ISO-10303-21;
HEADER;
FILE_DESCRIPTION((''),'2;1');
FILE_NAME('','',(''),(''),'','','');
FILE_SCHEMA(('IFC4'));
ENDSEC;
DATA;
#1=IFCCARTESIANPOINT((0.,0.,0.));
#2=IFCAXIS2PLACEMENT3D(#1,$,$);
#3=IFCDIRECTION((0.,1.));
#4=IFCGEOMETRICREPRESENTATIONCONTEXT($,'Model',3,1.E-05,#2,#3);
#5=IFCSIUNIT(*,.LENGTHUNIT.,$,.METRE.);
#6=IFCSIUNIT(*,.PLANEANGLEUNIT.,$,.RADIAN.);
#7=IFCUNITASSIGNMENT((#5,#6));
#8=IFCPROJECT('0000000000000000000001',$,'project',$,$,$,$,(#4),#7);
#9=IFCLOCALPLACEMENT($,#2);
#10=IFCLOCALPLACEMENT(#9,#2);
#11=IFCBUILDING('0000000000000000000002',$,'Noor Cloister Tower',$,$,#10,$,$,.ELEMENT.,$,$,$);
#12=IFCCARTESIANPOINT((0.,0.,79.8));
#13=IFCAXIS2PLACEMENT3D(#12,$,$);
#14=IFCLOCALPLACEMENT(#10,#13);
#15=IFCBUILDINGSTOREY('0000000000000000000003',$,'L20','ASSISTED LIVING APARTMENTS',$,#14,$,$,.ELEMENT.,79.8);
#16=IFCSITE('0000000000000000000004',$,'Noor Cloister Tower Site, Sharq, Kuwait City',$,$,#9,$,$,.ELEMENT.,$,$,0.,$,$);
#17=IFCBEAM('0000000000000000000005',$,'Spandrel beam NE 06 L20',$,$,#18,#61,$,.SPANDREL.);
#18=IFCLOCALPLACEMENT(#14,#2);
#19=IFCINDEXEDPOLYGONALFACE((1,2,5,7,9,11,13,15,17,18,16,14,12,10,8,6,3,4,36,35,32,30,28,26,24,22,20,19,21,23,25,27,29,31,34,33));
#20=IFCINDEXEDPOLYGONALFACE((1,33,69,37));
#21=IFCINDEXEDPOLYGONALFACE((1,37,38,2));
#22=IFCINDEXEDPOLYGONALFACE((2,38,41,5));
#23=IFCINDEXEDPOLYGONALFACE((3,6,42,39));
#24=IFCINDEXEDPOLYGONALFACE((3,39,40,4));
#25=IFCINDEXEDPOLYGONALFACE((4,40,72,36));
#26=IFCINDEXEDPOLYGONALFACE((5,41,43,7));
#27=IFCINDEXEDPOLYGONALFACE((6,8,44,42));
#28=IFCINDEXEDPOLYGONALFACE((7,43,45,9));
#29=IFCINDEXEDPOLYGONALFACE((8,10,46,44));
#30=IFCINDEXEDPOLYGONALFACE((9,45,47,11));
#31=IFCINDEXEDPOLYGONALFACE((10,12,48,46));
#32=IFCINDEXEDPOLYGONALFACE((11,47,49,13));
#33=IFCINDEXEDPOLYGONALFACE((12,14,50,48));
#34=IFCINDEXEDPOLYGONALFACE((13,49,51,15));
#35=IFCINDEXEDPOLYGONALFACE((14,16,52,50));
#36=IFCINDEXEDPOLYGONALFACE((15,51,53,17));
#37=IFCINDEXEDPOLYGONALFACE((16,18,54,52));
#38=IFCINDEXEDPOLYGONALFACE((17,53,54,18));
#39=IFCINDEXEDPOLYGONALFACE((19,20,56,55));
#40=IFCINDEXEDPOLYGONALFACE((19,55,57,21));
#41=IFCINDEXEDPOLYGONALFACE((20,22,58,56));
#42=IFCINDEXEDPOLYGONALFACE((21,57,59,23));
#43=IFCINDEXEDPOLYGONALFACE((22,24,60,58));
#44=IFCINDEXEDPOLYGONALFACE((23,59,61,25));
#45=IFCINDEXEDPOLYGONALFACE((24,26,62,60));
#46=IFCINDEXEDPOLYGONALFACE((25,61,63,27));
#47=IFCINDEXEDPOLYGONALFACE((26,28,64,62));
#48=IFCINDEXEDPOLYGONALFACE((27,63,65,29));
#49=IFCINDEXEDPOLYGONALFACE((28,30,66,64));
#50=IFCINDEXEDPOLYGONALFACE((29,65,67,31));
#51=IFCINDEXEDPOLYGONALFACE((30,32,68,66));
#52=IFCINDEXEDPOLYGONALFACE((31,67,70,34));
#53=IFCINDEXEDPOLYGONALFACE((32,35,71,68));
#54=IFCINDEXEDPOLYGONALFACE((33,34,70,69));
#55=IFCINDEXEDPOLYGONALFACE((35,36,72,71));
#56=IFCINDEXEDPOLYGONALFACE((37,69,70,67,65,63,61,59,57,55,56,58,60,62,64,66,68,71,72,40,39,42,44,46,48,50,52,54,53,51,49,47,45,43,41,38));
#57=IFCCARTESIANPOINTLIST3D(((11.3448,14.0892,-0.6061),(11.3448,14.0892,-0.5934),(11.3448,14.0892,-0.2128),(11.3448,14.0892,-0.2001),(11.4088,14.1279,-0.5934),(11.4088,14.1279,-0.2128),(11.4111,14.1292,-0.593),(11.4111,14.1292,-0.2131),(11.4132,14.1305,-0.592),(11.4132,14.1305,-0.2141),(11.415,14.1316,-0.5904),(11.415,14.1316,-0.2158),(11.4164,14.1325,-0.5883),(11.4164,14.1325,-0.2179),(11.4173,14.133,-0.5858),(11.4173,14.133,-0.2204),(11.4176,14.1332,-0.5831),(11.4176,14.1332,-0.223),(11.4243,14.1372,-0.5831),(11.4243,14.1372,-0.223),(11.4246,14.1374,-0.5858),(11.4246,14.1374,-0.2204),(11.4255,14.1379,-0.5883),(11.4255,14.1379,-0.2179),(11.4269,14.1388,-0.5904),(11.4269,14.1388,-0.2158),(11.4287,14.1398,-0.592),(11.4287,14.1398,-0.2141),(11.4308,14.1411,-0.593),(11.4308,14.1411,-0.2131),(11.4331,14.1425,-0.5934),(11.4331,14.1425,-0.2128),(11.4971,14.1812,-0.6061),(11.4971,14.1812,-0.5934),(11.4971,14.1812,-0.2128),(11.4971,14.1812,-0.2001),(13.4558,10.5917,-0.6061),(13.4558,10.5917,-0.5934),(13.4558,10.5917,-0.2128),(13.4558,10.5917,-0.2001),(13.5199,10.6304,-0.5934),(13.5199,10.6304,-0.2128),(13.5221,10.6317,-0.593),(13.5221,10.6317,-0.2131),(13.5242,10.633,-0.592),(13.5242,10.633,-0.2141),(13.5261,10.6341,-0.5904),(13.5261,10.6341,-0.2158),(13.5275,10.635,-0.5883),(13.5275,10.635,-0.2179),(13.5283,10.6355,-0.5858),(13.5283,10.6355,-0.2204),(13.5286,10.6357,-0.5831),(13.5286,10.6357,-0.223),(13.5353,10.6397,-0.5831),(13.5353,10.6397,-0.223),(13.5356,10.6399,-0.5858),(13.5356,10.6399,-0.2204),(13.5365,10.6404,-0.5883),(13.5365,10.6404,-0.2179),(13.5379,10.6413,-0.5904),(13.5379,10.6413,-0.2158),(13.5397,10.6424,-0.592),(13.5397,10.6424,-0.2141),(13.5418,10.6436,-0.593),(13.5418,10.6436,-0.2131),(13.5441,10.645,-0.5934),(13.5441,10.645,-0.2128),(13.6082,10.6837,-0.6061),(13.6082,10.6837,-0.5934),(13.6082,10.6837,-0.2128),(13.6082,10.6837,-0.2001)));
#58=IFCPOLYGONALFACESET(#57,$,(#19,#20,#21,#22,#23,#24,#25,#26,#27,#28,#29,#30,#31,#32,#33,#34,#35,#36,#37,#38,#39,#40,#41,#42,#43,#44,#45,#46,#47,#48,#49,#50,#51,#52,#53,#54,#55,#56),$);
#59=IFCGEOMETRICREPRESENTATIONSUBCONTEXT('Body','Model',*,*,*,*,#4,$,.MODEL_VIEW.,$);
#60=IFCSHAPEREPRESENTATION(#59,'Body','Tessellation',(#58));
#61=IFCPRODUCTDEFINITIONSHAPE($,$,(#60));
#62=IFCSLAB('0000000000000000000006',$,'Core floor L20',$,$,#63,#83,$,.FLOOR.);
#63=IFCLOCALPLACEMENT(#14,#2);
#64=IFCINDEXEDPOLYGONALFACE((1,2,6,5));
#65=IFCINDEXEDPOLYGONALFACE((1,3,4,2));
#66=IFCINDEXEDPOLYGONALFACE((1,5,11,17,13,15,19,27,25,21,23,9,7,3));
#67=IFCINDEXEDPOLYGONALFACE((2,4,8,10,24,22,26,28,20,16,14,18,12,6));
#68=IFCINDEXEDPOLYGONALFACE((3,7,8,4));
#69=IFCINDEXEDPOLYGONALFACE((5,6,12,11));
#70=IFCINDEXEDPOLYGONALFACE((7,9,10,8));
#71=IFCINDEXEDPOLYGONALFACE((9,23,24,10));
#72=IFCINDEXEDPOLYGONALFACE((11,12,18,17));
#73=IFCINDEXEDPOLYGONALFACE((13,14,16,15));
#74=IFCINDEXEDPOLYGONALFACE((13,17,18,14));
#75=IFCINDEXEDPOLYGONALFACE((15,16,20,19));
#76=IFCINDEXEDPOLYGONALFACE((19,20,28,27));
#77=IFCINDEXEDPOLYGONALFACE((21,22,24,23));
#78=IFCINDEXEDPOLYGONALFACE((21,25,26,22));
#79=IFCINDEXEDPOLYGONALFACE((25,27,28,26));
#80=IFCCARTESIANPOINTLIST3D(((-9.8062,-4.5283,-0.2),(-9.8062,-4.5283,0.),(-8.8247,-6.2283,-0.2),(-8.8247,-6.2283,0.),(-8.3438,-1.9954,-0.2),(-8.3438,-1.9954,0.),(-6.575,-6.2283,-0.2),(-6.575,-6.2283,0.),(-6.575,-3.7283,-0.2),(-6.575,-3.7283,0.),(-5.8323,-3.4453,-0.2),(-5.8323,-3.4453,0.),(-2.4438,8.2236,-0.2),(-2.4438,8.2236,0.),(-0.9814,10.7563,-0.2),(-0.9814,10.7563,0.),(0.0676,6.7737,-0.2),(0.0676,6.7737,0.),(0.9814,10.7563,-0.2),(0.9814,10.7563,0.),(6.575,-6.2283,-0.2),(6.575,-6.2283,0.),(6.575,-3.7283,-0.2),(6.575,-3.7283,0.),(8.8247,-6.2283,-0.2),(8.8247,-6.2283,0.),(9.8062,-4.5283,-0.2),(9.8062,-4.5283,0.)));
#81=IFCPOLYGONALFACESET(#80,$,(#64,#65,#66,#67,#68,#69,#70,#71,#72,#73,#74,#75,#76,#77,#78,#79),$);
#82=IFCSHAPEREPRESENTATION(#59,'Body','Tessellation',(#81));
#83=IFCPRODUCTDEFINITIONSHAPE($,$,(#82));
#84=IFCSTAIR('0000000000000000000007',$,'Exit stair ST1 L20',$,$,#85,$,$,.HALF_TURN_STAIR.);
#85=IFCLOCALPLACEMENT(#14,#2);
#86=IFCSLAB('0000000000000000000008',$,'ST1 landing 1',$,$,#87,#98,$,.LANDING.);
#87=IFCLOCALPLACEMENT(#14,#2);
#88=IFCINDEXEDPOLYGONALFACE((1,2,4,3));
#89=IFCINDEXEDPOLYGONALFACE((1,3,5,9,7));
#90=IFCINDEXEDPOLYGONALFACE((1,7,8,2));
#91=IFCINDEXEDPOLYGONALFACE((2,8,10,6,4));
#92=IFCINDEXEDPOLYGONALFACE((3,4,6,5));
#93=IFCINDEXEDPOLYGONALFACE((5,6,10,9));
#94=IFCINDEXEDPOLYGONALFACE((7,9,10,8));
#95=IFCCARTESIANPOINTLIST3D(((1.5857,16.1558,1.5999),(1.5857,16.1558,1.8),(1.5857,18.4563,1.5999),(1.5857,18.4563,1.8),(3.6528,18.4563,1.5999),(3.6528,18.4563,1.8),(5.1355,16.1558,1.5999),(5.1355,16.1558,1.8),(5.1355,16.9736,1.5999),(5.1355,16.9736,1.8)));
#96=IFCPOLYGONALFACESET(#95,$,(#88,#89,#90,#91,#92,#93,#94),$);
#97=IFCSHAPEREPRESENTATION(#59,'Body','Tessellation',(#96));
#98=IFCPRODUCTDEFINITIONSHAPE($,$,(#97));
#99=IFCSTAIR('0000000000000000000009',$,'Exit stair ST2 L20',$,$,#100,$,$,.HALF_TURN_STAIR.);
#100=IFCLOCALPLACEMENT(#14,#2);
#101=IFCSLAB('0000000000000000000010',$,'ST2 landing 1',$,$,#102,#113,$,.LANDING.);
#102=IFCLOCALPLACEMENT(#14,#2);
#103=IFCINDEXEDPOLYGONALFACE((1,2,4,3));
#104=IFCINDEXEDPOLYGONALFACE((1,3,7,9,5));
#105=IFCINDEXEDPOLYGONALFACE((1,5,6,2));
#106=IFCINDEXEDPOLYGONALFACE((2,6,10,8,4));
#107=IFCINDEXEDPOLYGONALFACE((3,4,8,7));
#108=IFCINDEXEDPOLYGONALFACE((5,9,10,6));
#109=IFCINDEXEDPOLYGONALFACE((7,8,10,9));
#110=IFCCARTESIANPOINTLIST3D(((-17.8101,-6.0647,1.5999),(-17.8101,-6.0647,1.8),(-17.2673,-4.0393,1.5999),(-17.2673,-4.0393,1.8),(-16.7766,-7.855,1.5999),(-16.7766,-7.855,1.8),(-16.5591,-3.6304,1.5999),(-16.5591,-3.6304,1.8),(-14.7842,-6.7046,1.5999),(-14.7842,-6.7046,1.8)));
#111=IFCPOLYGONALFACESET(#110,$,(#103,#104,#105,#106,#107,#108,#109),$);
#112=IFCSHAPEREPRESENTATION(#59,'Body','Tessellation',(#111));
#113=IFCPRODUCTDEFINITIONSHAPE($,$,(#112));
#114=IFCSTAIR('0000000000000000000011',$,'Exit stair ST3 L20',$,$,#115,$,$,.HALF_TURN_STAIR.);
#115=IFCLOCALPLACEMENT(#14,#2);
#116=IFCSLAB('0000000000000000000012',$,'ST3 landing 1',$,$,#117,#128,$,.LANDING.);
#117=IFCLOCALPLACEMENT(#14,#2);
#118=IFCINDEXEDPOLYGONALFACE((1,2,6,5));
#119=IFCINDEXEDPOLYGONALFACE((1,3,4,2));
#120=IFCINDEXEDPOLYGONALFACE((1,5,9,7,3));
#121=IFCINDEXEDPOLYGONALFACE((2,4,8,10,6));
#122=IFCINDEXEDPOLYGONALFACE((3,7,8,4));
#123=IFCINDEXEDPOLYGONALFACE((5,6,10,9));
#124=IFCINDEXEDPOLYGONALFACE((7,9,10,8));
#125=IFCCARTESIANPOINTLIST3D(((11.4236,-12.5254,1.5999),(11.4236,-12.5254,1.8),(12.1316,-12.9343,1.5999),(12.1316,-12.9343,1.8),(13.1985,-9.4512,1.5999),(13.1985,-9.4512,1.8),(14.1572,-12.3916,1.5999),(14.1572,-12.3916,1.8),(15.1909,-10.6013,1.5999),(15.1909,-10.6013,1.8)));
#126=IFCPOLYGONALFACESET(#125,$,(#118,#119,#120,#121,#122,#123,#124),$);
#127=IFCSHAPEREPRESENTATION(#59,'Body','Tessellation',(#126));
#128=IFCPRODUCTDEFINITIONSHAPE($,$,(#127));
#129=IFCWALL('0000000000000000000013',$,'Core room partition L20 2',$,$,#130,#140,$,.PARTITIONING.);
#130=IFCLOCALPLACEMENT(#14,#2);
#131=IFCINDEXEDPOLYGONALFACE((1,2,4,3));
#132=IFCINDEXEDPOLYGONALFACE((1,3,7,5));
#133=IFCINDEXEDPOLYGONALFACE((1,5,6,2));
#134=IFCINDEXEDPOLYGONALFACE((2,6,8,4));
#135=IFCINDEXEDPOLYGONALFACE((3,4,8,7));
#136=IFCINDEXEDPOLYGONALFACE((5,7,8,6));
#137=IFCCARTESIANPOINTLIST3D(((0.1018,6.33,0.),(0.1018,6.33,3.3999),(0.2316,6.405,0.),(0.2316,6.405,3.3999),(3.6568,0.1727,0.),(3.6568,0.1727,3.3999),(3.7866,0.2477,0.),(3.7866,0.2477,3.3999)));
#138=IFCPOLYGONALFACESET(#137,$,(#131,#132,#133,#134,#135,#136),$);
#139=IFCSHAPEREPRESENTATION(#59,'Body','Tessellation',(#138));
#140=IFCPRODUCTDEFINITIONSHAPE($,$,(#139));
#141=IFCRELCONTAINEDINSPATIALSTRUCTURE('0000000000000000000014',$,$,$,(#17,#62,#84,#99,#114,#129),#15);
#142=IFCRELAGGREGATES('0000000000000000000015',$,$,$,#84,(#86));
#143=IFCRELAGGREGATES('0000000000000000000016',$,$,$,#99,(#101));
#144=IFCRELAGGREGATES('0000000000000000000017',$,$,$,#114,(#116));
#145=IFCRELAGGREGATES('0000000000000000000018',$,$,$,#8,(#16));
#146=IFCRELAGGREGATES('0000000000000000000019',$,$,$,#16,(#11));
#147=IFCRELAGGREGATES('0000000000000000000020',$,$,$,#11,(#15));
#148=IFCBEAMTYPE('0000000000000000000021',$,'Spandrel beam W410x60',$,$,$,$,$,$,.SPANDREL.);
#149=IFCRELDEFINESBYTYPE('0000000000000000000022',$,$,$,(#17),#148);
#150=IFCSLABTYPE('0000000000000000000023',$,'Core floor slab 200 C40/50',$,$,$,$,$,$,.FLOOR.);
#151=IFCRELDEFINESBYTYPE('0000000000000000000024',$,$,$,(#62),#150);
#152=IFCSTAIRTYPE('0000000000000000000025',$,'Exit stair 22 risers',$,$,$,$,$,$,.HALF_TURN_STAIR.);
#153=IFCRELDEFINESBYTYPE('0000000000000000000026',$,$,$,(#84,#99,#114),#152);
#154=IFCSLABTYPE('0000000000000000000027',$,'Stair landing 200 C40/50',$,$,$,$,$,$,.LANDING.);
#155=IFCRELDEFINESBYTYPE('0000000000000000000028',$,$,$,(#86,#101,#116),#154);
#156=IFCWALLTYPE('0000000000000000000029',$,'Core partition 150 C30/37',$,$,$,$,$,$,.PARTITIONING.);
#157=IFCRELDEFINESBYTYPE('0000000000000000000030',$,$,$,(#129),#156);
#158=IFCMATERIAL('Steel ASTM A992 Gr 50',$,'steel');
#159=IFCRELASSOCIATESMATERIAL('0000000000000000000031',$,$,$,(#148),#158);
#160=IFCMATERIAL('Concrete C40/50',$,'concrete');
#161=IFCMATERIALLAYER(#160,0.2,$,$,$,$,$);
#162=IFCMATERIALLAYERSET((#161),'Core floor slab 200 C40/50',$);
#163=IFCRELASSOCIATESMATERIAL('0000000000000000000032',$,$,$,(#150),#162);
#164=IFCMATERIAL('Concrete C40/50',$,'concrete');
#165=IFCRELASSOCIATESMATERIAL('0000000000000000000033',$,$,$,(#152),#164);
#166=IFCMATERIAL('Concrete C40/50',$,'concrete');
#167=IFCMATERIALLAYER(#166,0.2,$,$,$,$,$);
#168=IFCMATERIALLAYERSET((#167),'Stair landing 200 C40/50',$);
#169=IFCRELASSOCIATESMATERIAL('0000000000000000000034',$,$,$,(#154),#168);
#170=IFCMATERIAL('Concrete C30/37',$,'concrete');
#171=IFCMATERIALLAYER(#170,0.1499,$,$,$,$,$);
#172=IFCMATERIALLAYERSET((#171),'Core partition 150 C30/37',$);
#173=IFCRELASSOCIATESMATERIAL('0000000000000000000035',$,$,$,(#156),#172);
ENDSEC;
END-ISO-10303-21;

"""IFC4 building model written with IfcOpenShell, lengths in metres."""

from ifc_helpers import new_model, si_unit, direction, frame, frame_2d, origin, origin_2d, place, context, subcontext, project, spatial, polyline, rectangle, i_section, outline, extrude, material, layer, layer_set, material_profile, profile_set, type_object, element, aggregate, save


model = new_model("IFC4")

# Units and contexts
model_context = context("Model", 3, precision=1e-05, world=origin(), true_north=direction((0.0, 1.0)))
body_context = subcontext(model_context, "Body", "Model", "MODEL_VIEW")
ifc_project = project(units=[si_unit("LENGTHUNIT", "METRE"), si_unit("PLANEANGLEUNIT", "RADIAN")], contexts=[model_context])

# Site, building, storey
site_placement = place(None, origin())
site = spatial("IfcSite", under=ifc_project, at=site_placement, Name="Noor Cloister Tower Site, Sharq, Kuwait City", CompositionType="ELEMENT", RefElevation=0.0)
building_placement = place(site_placement, origin())
building = spatial("IfcBuilding", under=site, at=building_placement, Name="Noor Cloister Tower", CompositionType="ELEMENT")
storey_placement = place(building_placement, frame((0.0, 0.0, 79.8)))
storey = spatial("IfcBuildingStorey", under=building, at=storey_placement, Name="L20", Description="ASSISTED LIVING APARTMENTS", CompositionType="ELEMENT", Elevation=79.8)

# Beam
ifc_material_1 = material(Name="Steel ASTM A992 Gr 50", Category="steel")
ifc_material_profile = material_profile(ifc_material_1, i_section(OverallWidth=0.178, OverallDepth=0.406, WebThickness=0.0078, FlangeThickness=0.0127, FilletRadius=0.0103, at=origin_2d()), Name="W410x60")
ifc_profile_set = profile_set([ifc_material_profile], Name="Steel ASTM A992 Gr 50")
beam_type = type_object("IfcBeamType", Name="Spandrel beam W410x60", PredefinedType="SPANDREL", material=ifc_profile_set)
beam_placement = place(storey_placement, frame((13.532, 10.6377, -0.4031), z_axis=(-0.516753, 0.856135, 0.0), x_axis=(-0.856135, -0.516753, 0.0)))
element("IfcBeam", 1, at=beam_placement, inside=storey, type_object=beam_type, Name="Spandrel beam NE 06 L20", PredefinedType="SPANDREL", context=body_context, shape_type="SweptSolid", body=[
    extrude(i_section(OverallWidth=0.178, OverallDepth=0.406, WebThickness=0.0078, FlangeThickness=0.0127, FilletRadius=0.0103, at=origin_2d()), origin(), (0.0, 0.0, 1.0), 4.0852),
])

# Slab
ifc_material_2 = material(Name="Concrete C40/50", Category="concrete")
ifc_layer_1 = layer(ifc_material_2, 0.2)
ifc_layer_set_1 = layer_set([ifc_layer_1], Name="Core floor slab 200 C40/50")
slab_type_1 = type_object("IfcSlabType", Name="Core floor slab 200 C40/50", PredefinedType="FLOOR", material=ifc_layer_set_1)
slab_1_placement = place(storey_placement, frame((0.0, 0.0, -0.2)))
element("IfcSlab", 2, at=slab_1_placement, inside=storey, type_object=slab_type_1, Name="Core floor L20", PredefinedType="FLOOR", context=body_context, shape_type="SweptSolid", body=[
    extrude(outline(polyline([(-6.575, -6.2283), (-6.575, -3.7283), (6.575, -3.7283), (6.575, -6.2283), (8.8247, -6.2283), (9.8062, -4.5283), (0.9814, 10.7563), (-0.9814, 10.7563), (-2.4438, 8.2236), (0.0676, 6.7737), (-5.8323, -3.4453), (-8.3438, -1.9954), (-9.8062, -4.5283), (-8.8247, -6.2283), (-6.575, -6.2283)])), origin(), (0.0, 0.0, 1.0), 0.2),
])

# Stairs, slabs
ifc_material_3 = material(Name="Concrete C40/50", Category="concrete")
stair_type = type_object("IfcStairType", Name="Exit stair 22 risers", PredefinedType="HALF_TURN_STAIR", material=ifc_material_3)
stair_1_placement = place(storey_placement, origin())
stair_1 = element("IfcStair", 3, at=stair_1_placement, inside=storey, type_object=stair_type, Name="Exit stair ST1 L20", PredefinedType="HALF_TURN_STAIR")
ifc_material_4 = material(Name="Concrete C40/50", Category="concrete")
ifc_layer_2 = layer(ifc_material_4, 0.2)
ifc_layer_set_2 = layer_set([ifc_layer_2], Name="Stair landing 200 C40/50")
slab_type_2 = type_object("IfcSlabType", Name="Stair landing 200 C40/50", PredefinedType="LANDING", material=ifc_layer_set_2)
slab_2_placement = place(storey_placement, frame((0.0, 0.0, 1.5999)))
slab_2 = element("IfcSlab", 4, at=slab_2_placement, type_object=slab_type_2, Name="ST1 landing 1", PredefinedType="LANDING", context=body_context, shape_type="SweptSolid", body=[
    extrude(outline(polyline([(5.1355, 16.1558), (5.1355, 16.9736), (3.6528, 18.4563), (1.5857, 18.4563), (1.5857, 16.1558), (5.1355, 16.1558)])), origin(), (0.0, 0.0, 1.0), 0.2002),
])
aggregate(stair_1, [slab_2])
stair_2_placement = place(storey_placement, origin())
stair_2 = element("IfcStair", 5, at=stair_2_placement, inside=storey, type_object=stair_type, Name="Exit stair ST2 L20", PredefinedType="HALF_TURN_STAIR")
slab_3_placement = place(storey_placement, frame((0.0, 0.0, 1.5999)))
slab_3 = element("IfcSlab", 6, at=slab_3_placement, type_object=slab_type_2, Name="ST2 landing 1", PredefinedType="LANDING", context=body_context, shape_type="SweptSolid", body=[
    extrude(outline(polyline([(-16.5591, -3.6304), (-17.2673, -4.0393), (-17.8101, -6.0647), (-16.7766, -7.855), (-14.7842, -6.7046), (-16.5591, -3.6304)])), origin(), (0.0, 0.0, 1.0), 0.2002),
])
aggregate(stair_2, [slab_3])
stair_3_placement = place(storey_placement, origin())
stair_3 = element("IfcStair", 7, at=stair_3_placement, inside=storey, type_object=stair_type, Name="Exit stair ST3 L20", PredefinedType="HALF_TURN_STAIR")
slab_4_placement = place(storey_placement, frame((0.0, 0.0, 1.5999)))
slab_4 = element("IfcSlab", 8, at=slab_4_placement, type_object=slab_type_2, Name="ST3 landing 1", PredefinedType="LANDING", context=body_context, shape_type="SweptSolid", body=[
    extrude(outline(polyline([(11.4236, -12.5254), (12.1316, -12.9343), (14.1572, -12.3916), (15.1909, -10.6013), (13.1985, -9.4512), (11.4236, -12.5254)])), origin(), (0.0, 0.0, 1.0), 0.2002),
])
aggregate(stair_3, [slab_4])

# Wall
ifc_material_5 = material(Name="Concrete C30/37", Category="concrete")
ifc_layer_3 = layer(ifc_material_5, 0.1499)
ifc_layer_set_3 = layer_set([ifc_layer_3], Name="Core partition 150 C30/37")
wall_type_1 = type_object("IfcWallType", Name="Core partition 150 C30/37", PredefinedType="PARTITIONING", material=ifc_layer_set_3)
wall_1_placement = place(storey_placement, frame((3.7217, 0.2102, 0.0), z_axis=(0.0, 0.0, 1.0), x_axis=(-0.500006, 0.866022, 0.0)))
element("IfcWall", 9, at=wall_1_placement, inside=storey, type_object=wall_type_1, Name="Core room partition L20 2", PredefinedType="PARTITIONING", context=body_context, shape_type="SweptSolid", body=[
    extrude(rectangle(XDim=7.1099, YDim=0.1499, at=frame_2d((3.5549, 0.0))), origin(), (0.0, 0.0, 1.0), 3.3999),
])

save(model, "model.ifc")
